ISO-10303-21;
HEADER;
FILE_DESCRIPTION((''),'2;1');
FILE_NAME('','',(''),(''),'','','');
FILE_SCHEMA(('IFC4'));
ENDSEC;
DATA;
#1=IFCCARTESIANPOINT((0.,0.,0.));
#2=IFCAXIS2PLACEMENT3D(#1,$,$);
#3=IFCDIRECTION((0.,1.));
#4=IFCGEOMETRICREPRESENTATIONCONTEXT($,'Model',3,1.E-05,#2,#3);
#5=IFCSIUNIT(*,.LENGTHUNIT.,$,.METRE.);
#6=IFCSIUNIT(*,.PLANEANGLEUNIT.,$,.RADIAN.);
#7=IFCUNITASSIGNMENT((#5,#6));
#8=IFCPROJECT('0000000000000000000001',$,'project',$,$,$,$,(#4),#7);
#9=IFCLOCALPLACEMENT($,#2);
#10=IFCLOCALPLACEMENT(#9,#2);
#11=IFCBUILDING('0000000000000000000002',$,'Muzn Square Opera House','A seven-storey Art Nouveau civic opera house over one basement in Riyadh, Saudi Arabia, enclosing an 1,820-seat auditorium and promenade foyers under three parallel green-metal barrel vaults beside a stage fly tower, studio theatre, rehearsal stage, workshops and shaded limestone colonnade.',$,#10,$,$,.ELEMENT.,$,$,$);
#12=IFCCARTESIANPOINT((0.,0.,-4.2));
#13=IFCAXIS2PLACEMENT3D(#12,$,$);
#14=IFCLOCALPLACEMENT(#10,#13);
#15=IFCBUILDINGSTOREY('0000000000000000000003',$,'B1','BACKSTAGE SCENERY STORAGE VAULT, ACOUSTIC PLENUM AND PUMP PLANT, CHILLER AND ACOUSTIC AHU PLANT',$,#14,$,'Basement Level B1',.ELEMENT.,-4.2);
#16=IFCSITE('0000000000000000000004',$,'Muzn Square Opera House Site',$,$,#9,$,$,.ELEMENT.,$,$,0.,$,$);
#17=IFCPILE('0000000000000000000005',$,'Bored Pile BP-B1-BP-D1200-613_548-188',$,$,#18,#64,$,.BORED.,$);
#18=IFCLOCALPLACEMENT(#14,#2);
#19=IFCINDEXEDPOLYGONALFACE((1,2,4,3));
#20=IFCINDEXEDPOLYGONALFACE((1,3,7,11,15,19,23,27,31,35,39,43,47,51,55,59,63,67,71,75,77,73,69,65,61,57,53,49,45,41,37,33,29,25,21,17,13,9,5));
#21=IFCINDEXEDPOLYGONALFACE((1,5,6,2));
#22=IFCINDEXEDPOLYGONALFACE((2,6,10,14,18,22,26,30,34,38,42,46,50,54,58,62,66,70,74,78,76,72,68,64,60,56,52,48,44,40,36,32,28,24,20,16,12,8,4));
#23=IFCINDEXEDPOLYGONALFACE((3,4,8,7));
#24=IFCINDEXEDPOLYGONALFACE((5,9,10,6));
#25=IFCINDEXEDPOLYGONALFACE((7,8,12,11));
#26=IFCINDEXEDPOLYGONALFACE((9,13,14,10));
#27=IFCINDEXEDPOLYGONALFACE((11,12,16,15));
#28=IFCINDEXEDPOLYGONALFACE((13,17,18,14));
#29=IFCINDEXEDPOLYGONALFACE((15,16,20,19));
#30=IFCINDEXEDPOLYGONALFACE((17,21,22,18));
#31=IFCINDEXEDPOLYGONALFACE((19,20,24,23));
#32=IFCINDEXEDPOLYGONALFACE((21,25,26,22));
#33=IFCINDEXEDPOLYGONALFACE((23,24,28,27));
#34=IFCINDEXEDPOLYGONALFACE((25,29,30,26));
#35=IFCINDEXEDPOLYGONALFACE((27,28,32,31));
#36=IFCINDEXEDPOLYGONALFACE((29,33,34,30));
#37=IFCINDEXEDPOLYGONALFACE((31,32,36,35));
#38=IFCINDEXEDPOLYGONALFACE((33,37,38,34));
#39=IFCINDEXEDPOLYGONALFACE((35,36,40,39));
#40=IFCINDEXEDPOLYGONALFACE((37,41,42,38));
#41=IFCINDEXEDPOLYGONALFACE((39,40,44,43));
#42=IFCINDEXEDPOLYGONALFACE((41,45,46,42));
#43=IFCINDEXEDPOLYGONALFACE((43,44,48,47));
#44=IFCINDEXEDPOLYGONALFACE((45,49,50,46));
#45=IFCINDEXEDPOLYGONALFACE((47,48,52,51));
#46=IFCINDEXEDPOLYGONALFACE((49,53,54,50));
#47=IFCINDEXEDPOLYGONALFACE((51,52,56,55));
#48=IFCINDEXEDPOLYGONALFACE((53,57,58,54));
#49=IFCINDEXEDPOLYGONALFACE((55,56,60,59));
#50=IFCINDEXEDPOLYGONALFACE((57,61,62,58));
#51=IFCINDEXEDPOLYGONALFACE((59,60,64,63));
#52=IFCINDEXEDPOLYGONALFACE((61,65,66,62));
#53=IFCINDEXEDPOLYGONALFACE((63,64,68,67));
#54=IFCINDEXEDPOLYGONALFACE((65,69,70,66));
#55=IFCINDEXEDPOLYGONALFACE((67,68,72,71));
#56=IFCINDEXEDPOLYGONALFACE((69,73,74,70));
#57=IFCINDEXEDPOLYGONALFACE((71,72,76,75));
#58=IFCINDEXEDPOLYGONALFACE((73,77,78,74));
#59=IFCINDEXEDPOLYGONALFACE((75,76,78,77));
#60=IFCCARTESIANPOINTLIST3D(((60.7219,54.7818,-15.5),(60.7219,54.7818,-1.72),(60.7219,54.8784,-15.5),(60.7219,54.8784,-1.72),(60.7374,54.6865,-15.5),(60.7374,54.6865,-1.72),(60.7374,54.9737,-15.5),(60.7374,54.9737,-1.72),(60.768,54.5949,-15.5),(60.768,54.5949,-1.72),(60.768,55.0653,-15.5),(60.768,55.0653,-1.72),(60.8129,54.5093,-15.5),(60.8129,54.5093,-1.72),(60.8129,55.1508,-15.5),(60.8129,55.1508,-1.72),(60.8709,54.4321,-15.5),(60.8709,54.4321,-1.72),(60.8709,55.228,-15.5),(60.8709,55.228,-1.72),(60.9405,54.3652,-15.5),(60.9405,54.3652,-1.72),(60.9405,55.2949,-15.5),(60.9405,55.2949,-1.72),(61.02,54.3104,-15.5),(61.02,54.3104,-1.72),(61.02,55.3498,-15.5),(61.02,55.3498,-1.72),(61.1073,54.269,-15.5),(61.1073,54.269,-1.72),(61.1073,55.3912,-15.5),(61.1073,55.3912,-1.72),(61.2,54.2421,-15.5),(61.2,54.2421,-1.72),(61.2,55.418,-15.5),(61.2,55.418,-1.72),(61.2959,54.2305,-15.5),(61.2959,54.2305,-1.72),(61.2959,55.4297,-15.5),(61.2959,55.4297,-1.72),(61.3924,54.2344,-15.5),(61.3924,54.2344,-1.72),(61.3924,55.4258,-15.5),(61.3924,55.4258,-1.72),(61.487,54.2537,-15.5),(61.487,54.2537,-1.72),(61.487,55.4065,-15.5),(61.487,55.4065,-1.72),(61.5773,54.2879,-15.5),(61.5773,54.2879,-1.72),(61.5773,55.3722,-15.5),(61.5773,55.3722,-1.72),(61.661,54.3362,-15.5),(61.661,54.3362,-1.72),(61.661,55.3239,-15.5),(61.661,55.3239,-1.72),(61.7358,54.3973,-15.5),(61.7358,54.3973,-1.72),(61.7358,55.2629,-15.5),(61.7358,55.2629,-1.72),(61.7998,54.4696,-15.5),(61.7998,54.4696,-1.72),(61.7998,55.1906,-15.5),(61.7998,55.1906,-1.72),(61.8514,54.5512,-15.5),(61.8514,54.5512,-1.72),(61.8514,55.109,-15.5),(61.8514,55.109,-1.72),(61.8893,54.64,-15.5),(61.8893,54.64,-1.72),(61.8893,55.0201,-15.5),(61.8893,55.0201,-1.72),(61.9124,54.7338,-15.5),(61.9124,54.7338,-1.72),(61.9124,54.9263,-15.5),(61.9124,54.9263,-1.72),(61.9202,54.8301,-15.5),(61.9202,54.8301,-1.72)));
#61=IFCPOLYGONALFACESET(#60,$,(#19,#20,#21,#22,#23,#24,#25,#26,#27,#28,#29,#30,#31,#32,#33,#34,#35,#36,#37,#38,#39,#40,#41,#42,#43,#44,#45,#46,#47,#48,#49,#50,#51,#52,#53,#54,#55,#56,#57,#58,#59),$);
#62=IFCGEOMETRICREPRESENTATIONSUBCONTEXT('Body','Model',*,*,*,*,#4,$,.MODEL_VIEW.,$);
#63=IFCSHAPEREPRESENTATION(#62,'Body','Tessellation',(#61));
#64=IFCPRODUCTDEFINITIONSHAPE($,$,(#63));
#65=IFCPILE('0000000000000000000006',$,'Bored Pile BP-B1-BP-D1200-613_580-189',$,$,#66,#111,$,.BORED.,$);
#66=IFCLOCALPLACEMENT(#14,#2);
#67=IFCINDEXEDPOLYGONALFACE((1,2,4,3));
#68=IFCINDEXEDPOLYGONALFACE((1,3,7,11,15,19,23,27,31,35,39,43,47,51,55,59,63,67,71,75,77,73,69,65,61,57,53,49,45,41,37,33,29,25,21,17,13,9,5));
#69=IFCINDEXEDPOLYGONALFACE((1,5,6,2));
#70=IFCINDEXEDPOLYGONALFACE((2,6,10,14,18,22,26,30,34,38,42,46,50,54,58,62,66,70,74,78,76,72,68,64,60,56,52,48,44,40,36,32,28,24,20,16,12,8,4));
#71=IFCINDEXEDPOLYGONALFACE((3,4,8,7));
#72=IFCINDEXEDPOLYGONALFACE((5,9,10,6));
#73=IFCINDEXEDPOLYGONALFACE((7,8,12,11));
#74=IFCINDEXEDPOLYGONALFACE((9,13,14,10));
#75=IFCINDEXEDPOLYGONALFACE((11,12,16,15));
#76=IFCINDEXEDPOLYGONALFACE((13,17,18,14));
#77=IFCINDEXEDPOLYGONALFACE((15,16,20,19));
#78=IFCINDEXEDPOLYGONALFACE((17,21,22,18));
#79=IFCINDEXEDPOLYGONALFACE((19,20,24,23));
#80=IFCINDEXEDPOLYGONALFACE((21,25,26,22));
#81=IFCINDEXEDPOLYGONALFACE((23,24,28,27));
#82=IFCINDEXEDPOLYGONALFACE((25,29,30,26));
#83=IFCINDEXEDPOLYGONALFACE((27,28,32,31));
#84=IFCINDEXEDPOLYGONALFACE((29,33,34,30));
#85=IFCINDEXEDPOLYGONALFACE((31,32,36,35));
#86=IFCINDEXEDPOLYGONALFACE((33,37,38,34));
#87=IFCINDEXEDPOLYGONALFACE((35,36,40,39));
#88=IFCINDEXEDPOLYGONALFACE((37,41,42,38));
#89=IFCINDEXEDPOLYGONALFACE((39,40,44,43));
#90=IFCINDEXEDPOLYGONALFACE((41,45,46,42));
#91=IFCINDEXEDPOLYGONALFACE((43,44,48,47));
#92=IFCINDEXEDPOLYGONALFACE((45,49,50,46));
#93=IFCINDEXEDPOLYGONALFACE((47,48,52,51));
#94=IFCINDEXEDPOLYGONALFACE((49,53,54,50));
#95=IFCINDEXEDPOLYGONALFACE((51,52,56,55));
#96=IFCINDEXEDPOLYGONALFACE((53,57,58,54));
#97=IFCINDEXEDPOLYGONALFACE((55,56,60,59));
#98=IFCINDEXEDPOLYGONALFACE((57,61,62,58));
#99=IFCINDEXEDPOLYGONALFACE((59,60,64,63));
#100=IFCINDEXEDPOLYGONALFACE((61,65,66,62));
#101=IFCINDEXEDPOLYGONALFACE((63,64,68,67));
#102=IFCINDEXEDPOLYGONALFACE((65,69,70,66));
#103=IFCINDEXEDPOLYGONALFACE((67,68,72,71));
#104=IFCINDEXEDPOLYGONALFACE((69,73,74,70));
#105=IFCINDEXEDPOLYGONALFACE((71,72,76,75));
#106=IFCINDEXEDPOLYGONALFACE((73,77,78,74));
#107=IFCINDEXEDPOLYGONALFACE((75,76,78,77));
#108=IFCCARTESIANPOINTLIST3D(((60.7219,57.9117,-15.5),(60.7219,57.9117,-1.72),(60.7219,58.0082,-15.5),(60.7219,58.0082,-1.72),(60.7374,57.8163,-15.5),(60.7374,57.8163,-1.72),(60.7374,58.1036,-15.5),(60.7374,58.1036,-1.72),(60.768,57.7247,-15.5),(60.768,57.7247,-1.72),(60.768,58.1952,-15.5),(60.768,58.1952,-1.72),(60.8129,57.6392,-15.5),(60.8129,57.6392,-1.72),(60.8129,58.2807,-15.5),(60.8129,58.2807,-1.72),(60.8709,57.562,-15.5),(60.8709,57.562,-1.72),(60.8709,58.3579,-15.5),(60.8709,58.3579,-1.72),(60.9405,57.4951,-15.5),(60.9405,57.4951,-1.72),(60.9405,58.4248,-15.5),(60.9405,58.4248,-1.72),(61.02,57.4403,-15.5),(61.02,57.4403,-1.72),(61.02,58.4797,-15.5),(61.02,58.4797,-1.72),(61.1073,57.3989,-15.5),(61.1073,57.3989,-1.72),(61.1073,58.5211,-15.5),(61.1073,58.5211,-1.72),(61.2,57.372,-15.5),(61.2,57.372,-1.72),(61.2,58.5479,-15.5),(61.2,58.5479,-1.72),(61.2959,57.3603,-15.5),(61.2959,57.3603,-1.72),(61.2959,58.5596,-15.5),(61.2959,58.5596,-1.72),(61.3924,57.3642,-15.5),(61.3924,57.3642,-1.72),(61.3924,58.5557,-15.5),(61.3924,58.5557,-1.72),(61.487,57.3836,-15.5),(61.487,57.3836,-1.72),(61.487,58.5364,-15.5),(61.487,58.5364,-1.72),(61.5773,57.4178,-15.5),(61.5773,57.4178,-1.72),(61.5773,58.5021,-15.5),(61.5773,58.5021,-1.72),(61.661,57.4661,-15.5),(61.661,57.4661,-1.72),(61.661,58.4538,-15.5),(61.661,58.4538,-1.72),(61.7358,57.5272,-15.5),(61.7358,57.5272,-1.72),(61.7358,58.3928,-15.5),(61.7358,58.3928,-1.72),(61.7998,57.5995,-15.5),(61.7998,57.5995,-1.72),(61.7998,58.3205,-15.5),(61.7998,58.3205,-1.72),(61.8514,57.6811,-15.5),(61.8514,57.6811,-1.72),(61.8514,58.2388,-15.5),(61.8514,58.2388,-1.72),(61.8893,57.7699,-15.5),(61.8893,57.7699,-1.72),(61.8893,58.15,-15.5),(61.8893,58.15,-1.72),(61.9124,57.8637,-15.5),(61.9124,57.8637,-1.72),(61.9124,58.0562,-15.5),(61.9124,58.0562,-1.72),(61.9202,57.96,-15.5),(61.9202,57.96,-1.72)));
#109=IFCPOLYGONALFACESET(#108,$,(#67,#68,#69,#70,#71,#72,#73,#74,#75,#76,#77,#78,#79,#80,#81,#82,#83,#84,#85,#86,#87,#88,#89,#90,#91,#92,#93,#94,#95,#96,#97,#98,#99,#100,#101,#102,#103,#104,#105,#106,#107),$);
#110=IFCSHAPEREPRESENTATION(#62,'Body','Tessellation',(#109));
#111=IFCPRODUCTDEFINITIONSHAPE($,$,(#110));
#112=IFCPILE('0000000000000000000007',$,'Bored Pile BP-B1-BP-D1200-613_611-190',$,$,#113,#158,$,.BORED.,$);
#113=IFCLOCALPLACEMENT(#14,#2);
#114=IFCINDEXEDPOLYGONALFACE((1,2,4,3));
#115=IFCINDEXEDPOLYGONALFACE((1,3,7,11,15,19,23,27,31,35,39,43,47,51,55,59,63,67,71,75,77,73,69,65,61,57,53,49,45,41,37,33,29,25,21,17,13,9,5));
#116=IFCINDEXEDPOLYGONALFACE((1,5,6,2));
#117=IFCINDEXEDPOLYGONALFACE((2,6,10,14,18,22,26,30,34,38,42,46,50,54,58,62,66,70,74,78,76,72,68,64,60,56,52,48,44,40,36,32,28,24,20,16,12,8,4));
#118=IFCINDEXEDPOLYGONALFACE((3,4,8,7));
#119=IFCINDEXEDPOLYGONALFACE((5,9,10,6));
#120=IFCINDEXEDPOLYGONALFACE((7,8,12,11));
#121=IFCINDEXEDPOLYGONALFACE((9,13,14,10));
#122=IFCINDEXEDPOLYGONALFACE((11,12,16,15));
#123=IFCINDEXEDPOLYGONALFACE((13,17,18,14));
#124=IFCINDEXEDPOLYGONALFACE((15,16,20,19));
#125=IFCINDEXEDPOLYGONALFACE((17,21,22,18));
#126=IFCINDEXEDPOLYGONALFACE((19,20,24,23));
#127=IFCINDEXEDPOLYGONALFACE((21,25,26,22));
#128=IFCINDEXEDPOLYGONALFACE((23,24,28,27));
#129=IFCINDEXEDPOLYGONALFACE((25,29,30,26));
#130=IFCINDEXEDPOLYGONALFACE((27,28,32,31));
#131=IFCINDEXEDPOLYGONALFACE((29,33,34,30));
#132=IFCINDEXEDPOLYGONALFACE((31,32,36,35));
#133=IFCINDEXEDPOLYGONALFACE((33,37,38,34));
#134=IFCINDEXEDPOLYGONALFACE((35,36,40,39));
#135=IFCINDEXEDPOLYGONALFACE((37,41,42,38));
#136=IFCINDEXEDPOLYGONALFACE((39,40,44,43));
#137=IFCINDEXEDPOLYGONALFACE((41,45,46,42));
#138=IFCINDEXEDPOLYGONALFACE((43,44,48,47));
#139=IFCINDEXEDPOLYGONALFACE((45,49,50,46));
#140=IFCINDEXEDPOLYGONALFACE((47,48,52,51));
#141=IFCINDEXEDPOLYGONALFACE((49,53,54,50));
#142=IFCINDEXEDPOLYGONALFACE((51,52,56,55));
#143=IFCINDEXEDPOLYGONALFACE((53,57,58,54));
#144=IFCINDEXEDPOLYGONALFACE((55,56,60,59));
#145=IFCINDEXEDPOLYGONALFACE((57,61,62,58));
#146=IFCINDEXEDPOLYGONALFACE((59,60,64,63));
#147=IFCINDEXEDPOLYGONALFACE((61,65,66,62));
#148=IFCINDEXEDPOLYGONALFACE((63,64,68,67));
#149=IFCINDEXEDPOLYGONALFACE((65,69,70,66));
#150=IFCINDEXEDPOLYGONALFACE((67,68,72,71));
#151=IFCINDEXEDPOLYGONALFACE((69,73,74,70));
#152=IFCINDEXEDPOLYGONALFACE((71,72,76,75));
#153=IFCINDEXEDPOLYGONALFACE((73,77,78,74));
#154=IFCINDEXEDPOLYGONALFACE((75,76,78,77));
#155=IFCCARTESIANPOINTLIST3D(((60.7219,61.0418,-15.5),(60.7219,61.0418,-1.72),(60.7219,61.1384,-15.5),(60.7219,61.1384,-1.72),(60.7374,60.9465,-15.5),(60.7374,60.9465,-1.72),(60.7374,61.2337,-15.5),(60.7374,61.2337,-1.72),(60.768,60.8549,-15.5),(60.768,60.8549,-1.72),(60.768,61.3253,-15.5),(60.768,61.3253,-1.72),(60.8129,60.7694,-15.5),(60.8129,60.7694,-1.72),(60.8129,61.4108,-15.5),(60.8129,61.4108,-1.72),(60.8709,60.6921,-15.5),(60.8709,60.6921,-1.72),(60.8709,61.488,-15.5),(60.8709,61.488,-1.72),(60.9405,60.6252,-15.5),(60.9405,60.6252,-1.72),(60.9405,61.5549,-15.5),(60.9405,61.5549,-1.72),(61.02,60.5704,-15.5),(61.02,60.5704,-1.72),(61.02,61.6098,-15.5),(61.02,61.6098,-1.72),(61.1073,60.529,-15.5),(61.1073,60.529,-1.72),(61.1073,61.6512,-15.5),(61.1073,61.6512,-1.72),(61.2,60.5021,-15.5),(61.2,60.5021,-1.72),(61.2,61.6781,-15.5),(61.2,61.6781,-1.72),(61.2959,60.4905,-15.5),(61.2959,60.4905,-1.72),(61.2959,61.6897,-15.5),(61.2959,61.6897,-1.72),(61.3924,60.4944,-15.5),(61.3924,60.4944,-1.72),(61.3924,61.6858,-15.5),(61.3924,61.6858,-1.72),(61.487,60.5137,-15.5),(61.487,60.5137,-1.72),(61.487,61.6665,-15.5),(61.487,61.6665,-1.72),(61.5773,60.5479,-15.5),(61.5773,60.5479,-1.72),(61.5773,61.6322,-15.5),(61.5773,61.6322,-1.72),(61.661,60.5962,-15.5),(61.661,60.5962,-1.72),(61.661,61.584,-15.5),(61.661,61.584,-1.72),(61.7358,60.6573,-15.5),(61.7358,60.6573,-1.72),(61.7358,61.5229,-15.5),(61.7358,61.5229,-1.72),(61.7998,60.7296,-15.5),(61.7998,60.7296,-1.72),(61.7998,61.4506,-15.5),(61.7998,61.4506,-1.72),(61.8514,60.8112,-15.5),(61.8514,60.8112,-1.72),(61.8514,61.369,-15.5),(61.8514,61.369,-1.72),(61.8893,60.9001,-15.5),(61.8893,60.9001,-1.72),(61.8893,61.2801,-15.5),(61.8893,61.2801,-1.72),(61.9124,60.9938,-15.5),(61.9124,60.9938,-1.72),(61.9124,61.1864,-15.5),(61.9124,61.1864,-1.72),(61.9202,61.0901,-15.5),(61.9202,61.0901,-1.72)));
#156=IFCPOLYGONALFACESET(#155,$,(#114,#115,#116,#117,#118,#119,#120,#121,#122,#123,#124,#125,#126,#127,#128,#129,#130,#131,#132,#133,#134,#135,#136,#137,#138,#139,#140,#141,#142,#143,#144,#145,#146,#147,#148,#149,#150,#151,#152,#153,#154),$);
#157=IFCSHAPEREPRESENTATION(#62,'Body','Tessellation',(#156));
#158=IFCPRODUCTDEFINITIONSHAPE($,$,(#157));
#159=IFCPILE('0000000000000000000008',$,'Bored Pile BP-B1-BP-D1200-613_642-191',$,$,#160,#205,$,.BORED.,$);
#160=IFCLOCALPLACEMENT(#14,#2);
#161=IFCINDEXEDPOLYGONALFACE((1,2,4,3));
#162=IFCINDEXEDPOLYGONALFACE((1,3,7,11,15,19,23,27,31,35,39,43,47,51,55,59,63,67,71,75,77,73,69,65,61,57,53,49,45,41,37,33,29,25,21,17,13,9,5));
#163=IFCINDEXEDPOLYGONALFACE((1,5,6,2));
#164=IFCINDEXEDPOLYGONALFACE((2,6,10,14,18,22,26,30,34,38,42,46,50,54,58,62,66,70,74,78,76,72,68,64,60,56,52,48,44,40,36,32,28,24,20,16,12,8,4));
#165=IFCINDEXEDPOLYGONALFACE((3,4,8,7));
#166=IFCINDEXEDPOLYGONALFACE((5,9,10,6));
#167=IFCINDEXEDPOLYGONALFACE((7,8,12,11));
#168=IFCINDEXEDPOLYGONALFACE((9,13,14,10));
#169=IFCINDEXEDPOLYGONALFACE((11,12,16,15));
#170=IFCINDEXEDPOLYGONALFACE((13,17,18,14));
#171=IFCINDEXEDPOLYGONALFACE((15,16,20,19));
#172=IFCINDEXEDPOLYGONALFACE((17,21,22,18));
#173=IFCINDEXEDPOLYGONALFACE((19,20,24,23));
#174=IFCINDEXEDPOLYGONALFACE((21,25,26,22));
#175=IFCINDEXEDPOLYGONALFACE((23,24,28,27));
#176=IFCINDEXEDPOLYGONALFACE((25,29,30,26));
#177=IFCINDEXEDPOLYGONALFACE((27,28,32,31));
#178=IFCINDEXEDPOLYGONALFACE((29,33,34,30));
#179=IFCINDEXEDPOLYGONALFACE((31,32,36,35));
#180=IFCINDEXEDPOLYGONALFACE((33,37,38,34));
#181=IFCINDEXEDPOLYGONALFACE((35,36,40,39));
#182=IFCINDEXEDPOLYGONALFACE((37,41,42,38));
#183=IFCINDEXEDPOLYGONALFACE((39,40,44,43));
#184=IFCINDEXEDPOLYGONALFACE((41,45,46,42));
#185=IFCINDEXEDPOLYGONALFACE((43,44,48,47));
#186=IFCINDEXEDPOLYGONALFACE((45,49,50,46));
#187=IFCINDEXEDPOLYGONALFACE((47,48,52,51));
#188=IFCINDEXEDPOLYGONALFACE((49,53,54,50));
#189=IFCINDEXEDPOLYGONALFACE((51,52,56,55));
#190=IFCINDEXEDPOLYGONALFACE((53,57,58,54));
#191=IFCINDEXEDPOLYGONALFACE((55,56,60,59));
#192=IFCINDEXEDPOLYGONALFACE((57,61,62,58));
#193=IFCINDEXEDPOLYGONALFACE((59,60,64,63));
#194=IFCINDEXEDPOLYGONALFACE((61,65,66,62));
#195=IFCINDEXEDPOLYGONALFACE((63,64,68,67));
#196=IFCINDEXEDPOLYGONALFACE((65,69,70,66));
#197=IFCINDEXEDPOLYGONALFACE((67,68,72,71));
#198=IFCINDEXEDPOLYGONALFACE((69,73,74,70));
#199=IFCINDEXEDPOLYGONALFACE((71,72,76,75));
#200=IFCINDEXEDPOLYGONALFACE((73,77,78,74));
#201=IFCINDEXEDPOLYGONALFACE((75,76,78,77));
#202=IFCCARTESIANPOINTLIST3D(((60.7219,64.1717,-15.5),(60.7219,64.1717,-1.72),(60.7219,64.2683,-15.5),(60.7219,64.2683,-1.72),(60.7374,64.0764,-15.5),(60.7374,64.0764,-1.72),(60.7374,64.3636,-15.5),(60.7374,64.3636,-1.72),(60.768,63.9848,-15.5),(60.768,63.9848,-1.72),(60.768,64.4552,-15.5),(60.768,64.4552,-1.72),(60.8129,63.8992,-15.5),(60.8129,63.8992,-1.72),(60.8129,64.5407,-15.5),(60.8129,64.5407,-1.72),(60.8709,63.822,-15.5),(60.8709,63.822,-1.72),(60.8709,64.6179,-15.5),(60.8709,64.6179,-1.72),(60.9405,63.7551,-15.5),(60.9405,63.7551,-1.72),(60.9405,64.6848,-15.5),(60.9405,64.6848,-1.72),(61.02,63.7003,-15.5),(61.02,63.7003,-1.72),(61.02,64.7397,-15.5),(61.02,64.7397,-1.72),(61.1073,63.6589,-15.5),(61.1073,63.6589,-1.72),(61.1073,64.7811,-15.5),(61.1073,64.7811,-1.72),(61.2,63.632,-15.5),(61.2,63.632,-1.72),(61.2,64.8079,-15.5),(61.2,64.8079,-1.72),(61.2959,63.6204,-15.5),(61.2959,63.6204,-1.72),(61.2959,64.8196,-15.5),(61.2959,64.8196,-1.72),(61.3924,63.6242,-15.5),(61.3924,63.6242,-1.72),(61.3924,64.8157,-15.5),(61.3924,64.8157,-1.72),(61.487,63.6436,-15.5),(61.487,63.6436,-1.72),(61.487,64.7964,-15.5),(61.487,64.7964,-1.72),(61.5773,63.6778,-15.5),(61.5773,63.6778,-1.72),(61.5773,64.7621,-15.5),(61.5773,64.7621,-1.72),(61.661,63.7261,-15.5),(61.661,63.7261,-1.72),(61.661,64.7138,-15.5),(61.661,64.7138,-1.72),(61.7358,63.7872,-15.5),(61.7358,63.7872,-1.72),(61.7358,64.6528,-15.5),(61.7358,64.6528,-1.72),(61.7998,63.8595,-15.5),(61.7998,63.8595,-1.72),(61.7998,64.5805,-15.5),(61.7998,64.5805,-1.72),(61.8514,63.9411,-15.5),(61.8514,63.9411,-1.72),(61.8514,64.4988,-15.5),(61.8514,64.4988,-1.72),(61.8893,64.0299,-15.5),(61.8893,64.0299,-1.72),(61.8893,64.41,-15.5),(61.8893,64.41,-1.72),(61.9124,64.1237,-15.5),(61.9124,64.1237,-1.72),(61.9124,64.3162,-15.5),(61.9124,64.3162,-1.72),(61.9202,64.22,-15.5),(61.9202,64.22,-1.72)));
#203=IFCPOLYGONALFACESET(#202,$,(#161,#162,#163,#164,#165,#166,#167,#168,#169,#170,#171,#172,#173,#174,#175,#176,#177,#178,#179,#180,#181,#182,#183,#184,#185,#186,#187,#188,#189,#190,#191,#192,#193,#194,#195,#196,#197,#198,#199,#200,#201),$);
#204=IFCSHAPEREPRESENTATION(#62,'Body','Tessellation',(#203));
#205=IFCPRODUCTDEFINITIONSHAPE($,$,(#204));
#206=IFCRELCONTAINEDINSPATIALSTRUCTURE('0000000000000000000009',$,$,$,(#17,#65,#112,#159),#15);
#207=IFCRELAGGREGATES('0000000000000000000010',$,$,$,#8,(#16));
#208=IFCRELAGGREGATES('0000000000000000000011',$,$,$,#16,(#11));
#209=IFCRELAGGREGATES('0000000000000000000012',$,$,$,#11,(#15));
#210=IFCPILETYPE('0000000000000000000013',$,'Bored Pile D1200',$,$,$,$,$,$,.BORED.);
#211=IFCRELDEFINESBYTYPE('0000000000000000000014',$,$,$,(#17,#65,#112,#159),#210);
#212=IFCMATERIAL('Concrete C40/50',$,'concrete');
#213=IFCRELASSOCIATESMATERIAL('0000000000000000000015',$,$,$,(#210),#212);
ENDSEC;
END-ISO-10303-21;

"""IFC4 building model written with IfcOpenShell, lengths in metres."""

from ifc_helpers import new_model, si_unit, direction, frame, origin, origin_2d, place, context, subcontext, project, spatial, circle, extrude, material, material_profile, profile_set, type_object, element, save


model = new_model("IFC4")

# Units and contexts
model_context = context("Model", 3, precision=1e-05, world=origin(), true_north=direction((0.0, 1.0)))
body_context = subcontext(model_context, "Body", "Model", "MODEL_VIEW")
ifc_project = project(units=[si_unit("LENGTHUNIT", "METRE"), si_unit("PLANEANGLEUNIT", "RADIAN")], contexts=[model_context])

# Site, building, storey
site_placement = place(None, origin())
site = spatial("IfcSite", under=ifc_project, at=site_placement, Name="Muzn Square Opera House Site", CompositionType="ELEMENT", RefElevation=0.0)
building_placement = place(site_placement, origin())
building = spatial("IfcBuilding", under=site, at=building_placement, Name="Muzn Square Opera House", Description="A seven-storey Art Nouveau civic opera house over one basement in Riyadh, Saudi Arabia, enclosing an 1,820-seat auditorium and promenade foyers under three parallel green-metal barrel vaults beside a stage fly tower, studio theatre, rehearsal stage, workshops and shaded limestone colonnade.", CompositionType="ELEMENT")
storey_placement = place(building_placement, frame((0.0, 0.0, -4.2)))
storey = spatial("IfcBuildingStorey", under=building, at=storey_placement, Name="B1", Description="BACKSTAGE SCENERY STORAGE VAULT, ACOUSTIC PLENUM AND PUMP PLANT, CHILLER AND ACOUSTIC AHU PLANT", LongName="Basement Level B1", CompositionType="ELEMENT", Elevation=-4.2)

# Piles
ifc_material_1 = material(Name="Concrete C40/50", Category="concrete")
ifc_material_profile_1 = material_profile(ifc_material_1, circle(Radius=0.6001, at=origin_2d()), Name="BORED PILE D1200", Category="concrete")
ifc_profile_set_1 = profile_set([ifc_material_profile_1], Name="Concrete C40/50")
pile_type = type_object("IfcPileType", Name="Bored Pile D1200", PredefinedType="BORED", material=ifc_profile_set_1)
for number, where, z_axis, x_axis, name in (
    (1, (61.3201, 54.8301, -1.72), (0.0, 0.0, -1.0), (1.0, 0.0, 0.0), "Bored Pile BP-B1-BP-D1200-613_548-188"),
    (2, (61.3201, 57.96, -1.72), (0.0, 0.0, -1.0), (1.0, 0.0, 0.0), "Bored Pile BP-B1-BP-D1200-613_580-189"),
    (3, (61.3201, 61.0901, -1.72), (0.0, 0.0, -1.0), (1.0, 0.0, 0.0), "Bored Pile BP-B1-BP-D1200-613_611-190"),
    (4, (61.3201, 64.22, -1.72), (0.0, 0.0, -1.0), (1.0, 0.0, 0.0), "Bored Pile BP-B1-BP-D1200-613_642-191"),
):
    element("IfcPile", number, at=place(storey_placement, frame(where, z_axis=z_axis, x_axis=x_axis)), inside=storey, type_object=pile_type, Name=name, PredefinedType="BORED", context=body_context, shape_type="SweptSolid", body=[
        extrude(circle(Radius=0.6001, at=origin_2d()), origin(), (0.0, 0.0, 1.0), 13.78),
    ])

save(model, "model.ifc")
